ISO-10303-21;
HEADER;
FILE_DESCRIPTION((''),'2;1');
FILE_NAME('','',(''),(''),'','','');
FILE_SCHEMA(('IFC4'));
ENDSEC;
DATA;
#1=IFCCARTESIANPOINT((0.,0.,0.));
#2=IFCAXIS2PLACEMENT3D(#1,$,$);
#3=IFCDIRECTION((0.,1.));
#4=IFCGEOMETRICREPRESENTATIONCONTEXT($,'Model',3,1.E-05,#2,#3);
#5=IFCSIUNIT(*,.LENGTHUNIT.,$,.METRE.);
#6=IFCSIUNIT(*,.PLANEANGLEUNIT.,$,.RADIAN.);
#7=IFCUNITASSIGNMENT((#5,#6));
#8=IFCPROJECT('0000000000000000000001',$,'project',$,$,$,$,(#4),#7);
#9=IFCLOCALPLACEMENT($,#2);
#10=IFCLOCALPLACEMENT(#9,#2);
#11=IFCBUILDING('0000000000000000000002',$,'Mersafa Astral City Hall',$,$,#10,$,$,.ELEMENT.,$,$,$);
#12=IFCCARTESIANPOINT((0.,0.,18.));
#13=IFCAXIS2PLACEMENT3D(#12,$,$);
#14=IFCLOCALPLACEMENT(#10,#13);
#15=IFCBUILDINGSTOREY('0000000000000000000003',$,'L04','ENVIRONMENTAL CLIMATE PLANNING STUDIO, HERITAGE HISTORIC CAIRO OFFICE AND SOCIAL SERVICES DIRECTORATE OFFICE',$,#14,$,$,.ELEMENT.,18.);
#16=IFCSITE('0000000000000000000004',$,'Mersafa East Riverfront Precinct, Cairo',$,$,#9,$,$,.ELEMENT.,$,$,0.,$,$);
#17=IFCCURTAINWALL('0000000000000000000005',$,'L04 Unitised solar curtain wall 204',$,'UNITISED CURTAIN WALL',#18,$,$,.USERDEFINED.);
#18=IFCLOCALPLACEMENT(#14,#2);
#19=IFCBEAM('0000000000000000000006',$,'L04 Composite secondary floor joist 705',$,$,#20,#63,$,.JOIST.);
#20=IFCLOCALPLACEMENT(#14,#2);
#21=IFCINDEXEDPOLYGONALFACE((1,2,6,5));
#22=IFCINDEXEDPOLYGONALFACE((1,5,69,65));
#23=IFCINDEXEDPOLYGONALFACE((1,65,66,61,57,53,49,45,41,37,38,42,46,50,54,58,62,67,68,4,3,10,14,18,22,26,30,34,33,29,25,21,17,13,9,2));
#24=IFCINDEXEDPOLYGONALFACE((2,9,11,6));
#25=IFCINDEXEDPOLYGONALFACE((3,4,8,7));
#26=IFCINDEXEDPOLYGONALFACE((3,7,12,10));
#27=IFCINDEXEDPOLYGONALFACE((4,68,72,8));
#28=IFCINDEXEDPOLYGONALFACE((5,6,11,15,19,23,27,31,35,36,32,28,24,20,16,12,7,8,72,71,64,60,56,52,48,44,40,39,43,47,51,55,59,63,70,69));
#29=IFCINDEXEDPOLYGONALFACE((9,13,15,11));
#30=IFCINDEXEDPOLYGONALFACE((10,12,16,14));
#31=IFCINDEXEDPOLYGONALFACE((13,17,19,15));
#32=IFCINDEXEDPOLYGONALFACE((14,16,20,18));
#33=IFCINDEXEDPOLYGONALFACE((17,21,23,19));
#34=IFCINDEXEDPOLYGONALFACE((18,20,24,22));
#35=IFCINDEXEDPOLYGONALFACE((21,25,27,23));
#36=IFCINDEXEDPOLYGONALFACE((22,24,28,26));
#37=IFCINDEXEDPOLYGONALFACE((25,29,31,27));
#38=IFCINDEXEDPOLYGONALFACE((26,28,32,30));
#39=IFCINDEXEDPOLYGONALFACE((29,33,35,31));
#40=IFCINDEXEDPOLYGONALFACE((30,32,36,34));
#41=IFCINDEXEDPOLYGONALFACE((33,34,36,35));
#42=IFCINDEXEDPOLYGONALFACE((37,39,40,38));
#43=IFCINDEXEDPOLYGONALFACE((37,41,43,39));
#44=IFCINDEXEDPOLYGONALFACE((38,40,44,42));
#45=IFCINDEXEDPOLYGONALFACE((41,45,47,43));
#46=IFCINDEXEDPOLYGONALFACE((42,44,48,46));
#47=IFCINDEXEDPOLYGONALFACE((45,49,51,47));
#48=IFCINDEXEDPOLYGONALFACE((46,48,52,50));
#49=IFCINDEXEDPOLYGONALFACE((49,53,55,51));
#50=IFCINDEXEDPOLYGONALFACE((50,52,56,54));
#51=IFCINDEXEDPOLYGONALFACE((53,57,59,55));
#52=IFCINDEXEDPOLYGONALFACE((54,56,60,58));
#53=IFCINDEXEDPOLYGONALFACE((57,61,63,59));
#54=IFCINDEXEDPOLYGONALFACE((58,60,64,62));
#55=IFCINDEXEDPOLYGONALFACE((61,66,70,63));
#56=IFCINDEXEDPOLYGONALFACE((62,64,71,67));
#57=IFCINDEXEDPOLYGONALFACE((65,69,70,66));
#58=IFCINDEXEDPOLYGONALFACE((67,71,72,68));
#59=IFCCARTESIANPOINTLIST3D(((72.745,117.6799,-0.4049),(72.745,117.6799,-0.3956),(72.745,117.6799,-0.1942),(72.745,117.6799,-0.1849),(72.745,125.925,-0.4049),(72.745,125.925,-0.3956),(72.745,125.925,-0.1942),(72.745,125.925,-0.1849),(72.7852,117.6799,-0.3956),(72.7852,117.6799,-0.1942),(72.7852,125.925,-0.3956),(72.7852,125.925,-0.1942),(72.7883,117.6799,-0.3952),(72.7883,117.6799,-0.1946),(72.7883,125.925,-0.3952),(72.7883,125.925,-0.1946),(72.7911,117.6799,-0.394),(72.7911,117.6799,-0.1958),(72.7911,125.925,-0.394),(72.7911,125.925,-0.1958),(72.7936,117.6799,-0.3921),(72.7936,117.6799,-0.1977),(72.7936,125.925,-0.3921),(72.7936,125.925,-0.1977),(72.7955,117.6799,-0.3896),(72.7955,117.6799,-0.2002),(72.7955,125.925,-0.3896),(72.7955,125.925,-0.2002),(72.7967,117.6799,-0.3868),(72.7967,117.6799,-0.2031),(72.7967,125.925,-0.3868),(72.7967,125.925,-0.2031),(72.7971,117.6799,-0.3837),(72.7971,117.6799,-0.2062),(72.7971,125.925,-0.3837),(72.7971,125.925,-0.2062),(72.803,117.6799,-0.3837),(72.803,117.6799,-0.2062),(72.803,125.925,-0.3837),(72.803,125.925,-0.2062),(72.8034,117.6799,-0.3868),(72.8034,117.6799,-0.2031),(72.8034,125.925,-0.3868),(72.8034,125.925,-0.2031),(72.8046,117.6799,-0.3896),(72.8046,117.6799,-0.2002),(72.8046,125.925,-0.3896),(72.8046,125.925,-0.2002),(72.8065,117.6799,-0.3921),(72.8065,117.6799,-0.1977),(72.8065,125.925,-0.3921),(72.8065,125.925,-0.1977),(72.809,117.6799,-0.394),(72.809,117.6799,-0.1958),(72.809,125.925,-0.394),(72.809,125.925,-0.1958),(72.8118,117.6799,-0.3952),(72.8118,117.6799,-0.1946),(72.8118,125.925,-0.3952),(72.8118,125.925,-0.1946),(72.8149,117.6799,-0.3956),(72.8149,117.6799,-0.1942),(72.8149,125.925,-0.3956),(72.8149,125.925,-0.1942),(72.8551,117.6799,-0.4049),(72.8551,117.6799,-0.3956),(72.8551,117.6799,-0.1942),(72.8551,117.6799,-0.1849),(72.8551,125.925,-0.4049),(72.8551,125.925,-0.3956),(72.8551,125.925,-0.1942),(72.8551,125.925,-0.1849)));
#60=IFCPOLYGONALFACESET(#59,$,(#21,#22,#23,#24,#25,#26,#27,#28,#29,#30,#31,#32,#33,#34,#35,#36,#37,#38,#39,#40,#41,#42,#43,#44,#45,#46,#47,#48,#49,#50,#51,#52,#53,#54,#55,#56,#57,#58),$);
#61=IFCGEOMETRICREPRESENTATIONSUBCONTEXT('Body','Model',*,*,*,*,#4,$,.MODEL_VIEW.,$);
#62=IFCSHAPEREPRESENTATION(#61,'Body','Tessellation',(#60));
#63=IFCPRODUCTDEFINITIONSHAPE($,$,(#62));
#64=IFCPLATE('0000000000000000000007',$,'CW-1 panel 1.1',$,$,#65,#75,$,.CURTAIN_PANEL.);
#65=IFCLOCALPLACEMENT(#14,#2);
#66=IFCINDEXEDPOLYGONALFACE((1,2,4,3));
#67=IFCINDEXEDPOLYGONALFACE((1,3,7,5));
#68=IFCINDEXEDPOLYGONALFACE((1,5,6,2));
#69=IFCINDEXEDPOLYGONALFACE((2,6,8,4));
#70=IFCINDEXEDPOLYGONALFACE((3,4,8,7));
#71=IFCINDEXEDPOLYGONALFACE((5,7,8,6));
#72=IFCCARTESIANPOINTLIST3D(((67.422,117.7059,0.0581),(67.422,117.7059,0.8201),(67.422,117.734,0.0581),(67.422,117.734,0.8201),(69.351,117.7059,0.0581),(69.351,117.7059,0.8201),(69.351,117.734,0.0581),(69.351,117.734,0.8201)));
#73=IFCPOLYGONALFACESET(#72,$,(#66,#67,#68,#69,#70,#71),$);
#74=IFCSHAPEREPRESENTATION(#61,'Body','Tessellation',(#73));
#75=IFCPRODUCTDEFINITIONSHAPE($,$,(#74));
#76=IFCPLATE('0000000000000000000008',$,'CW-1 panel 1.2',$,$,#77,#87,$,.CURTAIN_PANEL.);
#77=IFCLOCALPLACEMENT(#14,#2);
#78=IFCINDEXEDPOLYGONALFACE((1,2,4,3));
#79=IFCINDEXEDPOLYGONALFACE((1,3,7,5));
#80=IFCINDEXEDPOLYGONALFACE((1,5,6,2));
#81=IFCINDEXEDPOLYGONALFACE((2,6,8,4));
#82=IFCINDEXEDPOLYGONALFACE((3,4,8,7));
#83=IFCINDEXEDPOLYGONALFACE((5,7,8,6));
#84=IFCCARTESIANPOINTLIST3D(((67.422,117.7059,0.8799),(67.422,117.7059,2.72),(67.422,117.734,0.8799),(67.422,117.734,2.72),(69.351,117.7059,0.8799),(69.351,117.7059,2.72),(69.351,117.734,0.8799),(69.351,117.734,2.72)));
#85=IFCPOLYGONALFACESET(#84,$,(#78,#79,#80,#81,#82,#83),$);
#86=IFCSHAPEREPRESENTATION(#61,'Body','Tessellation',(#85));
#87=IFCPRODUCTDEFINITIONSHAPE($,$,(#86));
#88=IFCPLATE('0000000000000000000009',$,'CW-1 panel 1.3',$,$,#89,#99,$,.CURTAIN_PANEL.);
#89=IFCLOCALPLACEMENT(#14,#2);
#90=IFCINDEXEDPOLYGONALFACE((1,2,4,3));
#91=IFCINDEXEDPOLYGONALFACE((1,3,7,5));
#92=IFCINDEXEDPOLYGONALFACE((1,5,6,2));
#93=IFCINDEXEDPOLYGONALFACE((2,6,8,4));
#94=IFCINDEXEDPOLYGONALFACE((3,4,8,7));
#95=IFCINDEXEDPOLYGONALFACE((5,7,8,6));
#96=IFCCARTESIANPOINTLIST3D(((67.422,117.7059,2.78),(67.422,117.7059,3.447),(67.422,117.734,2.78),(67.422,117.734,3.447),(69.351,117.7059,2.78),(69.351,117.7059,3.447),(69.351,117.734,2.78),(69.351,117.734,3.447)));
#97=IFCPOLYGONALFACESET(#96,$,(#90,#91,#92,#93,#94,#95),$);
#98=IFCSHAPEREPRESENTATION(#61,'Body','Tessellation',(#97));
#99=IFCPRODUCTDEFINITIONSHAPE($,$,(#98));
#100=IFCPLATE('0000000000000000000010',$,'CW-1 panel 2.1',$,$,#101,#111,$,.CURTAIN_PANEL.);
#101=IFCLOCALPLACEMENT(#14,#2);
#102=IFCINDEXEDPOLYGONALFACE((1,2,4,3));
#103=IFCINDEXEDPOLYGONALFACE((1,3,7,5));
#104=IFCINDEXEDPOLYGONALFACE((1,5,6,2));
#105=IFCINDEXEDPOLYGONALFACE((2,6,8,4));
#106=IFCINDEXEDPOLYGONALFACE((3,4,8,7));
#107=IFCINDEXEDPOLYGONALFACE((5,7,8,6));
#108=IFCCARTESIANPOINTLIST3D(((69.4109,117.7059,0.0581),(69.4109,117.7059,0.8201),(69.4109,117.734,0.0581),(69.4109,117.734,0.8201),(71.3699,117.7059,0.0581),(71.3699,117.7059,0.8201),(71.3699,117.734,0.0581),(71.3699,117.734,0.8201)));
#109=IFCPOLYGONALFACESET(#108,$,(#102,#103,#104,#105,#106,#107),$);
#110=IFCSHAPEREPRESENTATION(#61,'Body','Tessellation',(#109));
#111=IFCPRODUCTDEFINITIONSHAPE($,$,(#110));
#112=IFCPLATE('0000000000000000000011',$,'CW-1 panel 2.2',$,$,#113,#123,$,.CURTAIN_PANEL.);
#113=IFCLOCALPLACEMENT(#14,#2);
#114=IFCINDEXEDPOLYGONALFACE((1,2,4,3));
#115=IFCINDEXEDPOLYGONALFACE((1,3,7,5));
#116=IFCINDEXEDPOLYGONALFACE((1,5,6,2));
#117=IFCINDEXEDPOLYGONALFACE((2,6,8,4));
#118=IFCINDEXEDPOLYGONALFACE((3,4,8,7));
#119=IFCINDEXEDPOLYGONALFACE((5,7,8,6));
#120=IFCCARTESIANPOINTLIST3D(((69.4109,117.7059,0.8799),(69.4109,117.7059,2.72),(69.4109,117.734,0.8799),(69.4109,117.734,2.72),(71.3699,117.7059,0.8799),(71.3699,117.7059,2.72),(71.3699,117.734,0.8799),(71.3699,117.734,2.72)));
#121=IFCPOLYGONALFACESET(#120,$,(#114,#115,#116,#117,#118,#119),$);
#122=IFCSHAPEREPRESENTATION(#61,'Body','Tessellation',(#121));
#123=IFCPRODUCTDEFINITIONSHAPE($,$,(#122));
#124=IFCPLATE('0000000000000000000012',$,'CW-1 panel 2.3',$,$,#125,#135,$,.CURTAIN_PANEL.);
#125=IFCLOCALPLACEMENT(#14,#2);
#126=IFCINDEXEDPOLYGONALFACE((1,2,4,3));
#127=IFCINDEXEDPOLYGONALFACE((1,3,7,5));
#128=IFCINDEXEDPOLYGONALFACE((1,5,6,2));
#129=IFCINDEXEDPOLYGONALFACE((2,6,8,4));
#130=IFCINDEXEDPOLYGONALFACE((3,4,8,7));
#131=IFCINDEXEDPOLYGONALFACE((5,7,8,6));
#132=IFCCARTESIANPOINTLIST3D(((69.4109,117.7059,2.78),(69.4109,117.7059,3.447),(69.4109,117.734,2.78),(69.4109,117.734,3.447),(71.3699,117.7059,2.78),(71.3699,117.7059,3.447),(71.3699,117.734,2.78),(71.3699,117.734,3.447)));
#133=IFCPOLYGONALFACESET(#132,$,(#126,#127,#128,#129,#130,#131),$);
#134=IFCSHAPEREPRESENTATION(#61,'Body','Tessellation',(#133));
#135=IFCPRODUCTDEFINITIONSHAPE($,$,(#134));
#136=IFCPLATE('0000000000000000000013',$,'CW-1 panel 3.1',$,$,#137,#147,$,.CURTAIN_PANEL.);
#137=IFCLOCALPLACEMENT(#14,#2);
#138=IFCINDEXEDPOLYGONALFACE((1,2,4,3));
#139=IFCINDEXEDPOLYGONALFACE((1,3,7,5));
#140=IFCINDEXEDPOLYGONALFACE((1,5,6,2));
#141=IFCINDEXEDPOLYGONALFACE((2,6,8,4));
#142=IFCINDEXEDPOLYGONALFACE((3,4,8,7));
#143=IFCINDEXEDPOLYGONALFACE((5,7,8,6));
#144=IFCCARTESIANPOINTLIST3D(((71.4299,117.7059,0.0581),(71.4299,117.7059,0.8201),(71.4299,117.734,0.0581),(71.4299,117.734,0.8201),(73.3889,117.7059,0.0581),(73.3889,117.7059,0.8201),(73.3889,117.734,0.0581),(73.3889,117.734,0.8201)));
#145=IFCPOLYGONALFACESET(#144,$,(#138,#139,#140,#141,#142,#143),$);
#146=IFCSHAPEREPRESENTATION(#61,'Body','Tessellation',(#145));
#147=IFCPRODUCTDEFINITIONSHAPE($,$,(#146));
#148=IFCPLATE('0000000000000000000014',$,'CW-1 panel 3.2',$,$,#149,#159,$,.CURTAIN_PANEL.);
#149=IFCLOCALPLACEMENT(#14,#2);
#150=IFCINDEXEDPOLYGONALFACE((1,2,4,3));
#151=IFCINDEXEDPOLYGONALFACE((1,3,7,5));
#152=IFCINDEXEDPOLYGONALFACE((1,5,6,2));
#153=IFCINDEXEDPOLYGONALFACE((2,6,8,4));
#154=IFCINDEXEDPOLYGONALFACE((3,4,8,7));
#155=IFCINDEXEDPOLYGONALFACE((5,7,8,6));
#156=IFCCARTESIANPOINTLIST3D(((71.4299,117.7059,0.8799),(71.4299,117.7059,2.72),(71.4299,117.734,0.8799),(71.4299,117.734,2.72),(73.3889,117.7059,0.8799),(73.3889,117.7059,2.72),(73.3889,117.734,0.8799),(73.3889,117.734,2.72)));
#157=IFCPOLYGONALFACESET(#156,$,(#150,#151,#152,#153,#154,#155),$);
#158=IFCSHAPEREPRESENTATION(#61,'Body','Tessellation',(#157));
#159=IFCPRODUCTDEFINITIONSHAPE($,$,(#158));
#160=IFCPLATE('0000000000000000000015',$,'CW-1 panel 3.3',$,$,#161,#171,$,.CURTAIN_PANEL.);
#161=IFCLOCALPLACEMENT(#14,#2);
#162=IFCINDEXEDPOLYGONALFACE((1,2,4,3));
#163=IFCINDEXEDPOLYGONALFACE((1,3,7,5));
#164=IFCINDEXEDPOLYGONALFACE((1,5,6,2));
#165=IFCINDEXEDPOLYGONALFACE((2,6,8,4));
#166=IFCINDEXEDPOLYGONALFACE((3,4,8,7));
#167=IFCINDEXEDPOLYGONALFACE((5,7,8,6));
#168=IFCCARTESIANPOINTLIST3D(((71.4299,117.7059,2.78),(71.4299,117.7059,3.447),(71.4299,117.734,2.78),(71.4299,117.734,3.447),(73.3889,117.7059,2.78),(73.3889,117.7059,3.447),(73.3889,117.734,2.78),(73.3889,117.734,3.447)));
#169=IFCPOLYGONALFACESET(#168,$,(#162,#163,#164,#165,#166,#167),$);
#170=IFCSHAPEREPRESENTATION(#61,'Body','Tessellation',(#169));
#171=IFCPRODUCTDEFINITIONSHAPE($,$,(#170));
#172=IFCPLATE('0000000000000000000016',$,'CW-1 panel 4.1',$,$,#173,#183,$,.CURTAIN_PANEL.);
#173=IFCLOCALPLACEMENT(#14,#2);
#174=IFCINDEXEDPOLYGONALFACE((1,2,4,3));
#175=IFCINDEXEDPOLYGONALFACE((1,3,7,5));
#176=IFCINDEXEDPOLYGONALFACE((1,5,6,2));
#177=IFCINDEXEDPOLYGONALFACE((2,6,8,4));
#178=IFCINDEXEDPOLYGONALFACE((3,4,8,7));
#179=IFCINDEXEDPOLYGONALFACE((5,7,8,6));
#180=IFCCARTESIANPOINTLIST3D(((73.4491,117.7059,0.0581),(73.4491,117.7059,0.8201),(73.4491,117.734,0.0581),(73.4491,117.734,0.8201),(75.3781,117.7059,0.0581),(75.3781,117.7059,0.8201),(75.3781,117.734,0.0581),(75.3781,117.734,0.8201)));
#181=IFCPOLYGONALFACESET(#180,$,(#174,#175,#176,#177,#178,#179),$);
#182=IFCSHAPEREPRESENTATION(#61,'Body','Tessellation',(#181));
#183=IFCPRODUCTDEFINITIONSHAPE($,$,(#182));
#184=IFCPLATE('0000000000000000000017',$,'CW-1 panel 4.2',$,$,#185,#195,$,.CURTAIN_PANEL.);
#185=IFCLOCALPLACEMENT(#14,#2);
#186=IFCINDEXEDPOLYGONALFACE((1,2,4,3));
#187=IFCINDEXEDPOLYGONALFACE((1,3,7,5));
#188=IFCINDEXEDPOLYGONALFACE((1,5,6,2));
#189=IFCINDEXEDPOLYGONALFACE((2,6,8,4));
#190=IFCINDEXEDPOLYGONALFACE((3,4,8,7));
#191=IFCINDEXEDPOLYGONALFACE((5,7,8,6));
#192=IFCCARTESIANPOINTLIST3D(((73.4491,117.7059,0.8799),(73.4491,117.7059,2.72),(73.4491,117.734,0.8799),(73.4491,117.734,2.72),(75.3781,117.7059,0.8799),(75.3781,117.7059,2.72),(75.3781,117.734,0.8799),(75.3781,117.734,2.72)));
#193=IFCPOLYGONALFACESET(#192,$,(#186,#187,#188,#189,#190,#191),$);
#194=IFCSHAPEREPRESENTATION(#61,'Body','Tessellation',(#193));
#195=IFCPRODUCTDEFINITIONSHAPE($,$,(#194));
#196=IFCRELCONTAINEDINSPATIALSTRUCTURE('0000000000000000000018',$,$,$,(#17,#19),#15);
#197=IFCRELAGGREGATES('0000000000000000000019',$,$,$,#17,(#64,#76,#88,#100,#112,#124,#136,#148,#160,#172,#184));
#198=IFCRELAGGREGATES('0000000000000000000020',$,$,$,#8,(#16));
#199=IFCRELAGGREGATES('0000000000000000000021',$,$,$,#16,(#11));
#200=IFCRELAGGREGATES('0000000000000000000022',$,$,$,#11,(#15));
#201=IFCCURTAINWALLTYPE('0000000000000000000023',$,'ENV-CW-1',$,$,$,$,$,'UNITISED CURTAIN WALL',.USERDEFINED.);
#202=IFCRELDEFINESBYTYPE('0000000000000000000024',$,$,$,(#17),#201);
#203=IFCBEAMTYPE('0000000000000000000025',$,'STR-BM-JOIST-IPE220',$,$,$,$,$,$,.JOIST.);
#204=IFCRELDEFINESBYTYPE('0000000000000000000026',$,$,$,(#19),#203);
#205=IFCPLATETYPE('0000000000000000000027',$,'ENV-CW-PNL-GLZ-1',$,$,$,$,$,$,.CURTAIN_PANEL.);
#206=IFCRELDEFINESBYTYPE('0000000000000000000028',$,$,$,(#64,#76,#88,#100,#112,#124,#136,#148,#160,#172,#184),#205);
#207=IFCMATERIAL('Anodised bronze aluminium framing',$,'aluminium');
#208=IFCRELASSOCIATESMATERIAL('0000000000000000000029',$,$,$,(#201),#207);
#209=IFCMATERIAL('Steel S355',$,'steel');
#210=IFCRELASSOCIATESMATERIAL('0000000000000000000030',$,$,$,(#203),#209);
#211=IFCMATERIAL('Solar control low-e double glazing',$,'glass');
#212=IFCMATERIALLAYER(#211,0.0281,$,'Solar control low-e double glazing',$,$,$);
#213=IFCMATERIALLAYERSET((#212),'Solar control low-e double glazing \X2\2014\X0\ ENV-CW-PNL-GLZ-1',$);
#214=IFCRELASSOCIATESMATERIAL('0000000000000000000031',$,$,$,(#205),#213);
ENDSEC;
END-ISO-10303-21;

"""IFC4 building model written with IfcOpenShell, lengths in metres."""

from ifc_helpers import new_model, si_unit, direction, frame, origin, origin_2d, place, context, subcontext, project, spatial, rectangle, i_section, extrude, material, layer, layer_set, material_profile, profile_set, type_object, element, aggregate, save


model = new_model("IFC4")

# Units and contexts
model_context = context("Model", 3, precision=1e-05, world=origin(), true_north=direction((0.0, 1.0)))
body_context = subcontext(model_context, "Body", "Model", "MODEL_VIEW")
ifc_project = project(units=[si_unit("LENGTHUNIT", "METRE"), si_unit("PLANEANGLEUNIT", "RADIAN")], contexts=[model_context])

# Site, building, storey
site_placement = place(None, origin())
site = spatial("IfcSite", under=ifc_project, at=site_placement, Name="Mersafa East Riverfront Precinct, Cairo", CompositionType="ELEMENT", RefElevation=0.0)
building_placement = place(site_placement, origin())
building = spatial("IfcBuilding", under=site, at=building_placement, Name="Mersafa Astral City Hall", CompositionType="ELEMENT")
storey_placement = place(building_placement, frame((0.0, 0.0, 18.0)))
storey = spatial("IfcBuildingStorey", under=building, at=storey_placement, Name="L04", Description="ENVIRONMENTAL CLIMATE PLANNING STUDIO, HERITAGE HISTORIC CAIRO OFFICE AND SOCIAL SERVICES DIRECTORATE OFFICE", CompositionType="ELEMENT", Elevation=18.0)

# Curtain wall
ifc_material_1 = material(Name="Anodised bronze aluminium framing", Category="aluminium")
curtain_wall_type = type_object("IfcCurtainWallType", Name="ENV-CW-1", ElementType="UNITISED CURTAIN WALL", PredefinedType="USERDEFINED", material=ifc_material_1)
curtain_wall_placement = place(storey_placement, origin())
curtain_wall = element("IfcCurtainWall", 1, at=curtain_wall_placement, inside=storey, type_object=curtain_wall_type, Name="L04 Unitised solar curtain wall 204", ObjectType="UNITISED CURTAIN WALL", PredefinedType="USERDEFINED")

# Beam
ifc_material_2 = material(Name="Steel S355", Category="steel")
ifc_material_profile_1 = material_profile(ifc_material_2, i_section(OverallWidth=0.1101, OverallDepth=0.22, WebThickness=0.0059, FlangeThickness=0.0093, FilletRadius=0.012, at=origin_2d()), Name="IPE 220")
ifc_profile_set_1 = profile_set([ifc_material_profile_1], Name="Steel S355")
beam_type = type_object("IfcBeamType", Name="STR-BM-JOIST-IPE220", PredefinedType="JOIST", material=ifc_profile_set_1)
for number, where, z_axis, x_axis, name in (
    (2, (72.8, 117.6799, -0.2949), (0.0, 1.0, 0.0), (-1.0, 0.0, 0.0), "L04 Composite secondary floor joist 705"),
):
    element("IfcBeam", number, at=place(storey_placement, frame(where, z_axis=z_axis, x_axis=x_axis)), inside=storey, type_object=beam_type, Name=name, PredefinedType="JOIST", context=body_context, shape_type="SweptSolid", body=[
        extrude(i_section(OverallWidth=0.1101, OverallDepth=0.22, WebThickness=0.0059, FlangeThickness=0.0093, FilletRadius=0.012, at=origin_2d()), origin(), (0.0, 0.0, 1.0), 8.2451),
    ])

# Plates
ifc_material_3 = material(Name="Solar control low-e double glazing", Category="glass")
ifc_layer_1 = layer(ifc_material_3, 0.0281, Name="Solar control low-e double glazing")
ifc_layer_set_1 = layer_set([ifc_layer_1], Name="Solar control low-e double glazing — ENV-CW-PNL-GLZ-1")
plate_type = type_object("IfcPlateType", Name="ENV-CW-PNL-GLZ-1", PredefinedType="CURTAIN_PANEL", material=ifc_layer_set_1)
plate_1_placement = place(storey_placement, frame((68.3865, 117.72, 0.0581), z_axis=(0.0, 0.0, 1.0), x_axis=(1.0, 0.0, 0.0)))
plate_1 = element("IfcPlate", 3, at=plate_1_placement, type_object=plate_type, Name="CW-1 panel 1.1", PredefinedType="CURTAIN_PANEL", context=body_context, shape_type="SweptSolid", body=[
    extrude(rectangle(XDim=1.929, YDim=0.0281, at=origin_2d()), origin(), (0.0, 0.0, 1.0), 0.762),
])
plate_2_placement = place(storey_placement, frame((68.3865, 117.72, 0.8799), z_axis=(0.0, 0.0, 1.0), x_axis=(1.0, 0.0, 0.0)))
plate_2 = element("IfcPlate", 4, at=plate_2_placement, type_object=plate_type, Name="CW-1 panel 1.2", PredefinedType="CURTAIN_PANEL", context=body_context, shape_type="SweptSolid", body=[
    extrude(rectangle(XDim=1.929, YDim=0.0281, at=origin_2d()), origin(), (0.0, 0.0, 1.0), 1.8401),
])
plate_3_placement = place(storey_placement, frame((68.3865, 117.72, 2.78), z_axis=(0.0, 0.0, 1.0), x_axis=(1.0, 0.0, 0.0)))
plate_3 = element("IfcPlate", 5, at=plate_3_placement, type_object=plate_type, Name="CW-1 panel 1.3", PredefinedType="CURTAIN_PANEL", context=body_context, shape_type="SweptSolid", body=[
    extrude(rectangle(XDim=1.929, YDim=0.0281, at=origin_2d()), origin(), (0.0, 0.0, 1.0), 0.667),
])
plate_4_placement = place(storey_placement, frame((70.3904, 117.72, 0.0581), z_axis=(0.0, 0.0, 1.0), x_axis=(1.0, 0.0, 0.0)))
plate_4 = element("IfcPlate", 6, at=plate_4_placement, type_object=plate_type, Name="CW-1 panel 2.1", PredefinedType="CURTAIN_PANEL", context=body_context, shape_type="SweptSolid", body=[
    extrude(rectangle(XDim=1.959, YDim=0.0281, at=origin_2d()), origin(), (0.0, 0.0, 1.0), 0.762),
])
plate_5_placement = place(storey_placement, frame((70.3904, 117.72, 0.8799), z_axis=(0.0, 0.0, 1.0), x_axis=(1.0, 0.0, 0.0)))
plate_5 = element("IfcPlate", 7, at=plate_5_placement, type_object=plate_type, Name="CW-1 panel 2.2", PredefinedType="CURTAIN_PANEL", context=body_context, shape_type="SweptSolid", body=[
    extrude(rectangle(XDim=1.959, YDim=0.0281, at=origin_2d()), origin(), (0.0, 0.0, 1.0), 1.8401),
])
plate_6_placement = place(storey_placement, frame((70.3904, 117.72, 2.78), z_axis=(0.0, 0.0, 1.0), x_axis=(1.0, 0.0, 0.0)))
plate_6 = element("IfcPlate", 8, at=plate_6_placement, type_object=plate_type, Name="CW-1 panel 2.3", PredefinedType="CURTAIN_PANEL", context=body_context, shape_type="SweptSolid", body=[
    extrude(rectangle(XDim=1.959, YDim=0.0281, at=origin_2d()), origin(), (0.0, 0.0, 1.0), 0.667),
])
plate_7_placement = place(storey_placement, frame((72.4094, 117.72, 0.0581), z_axis=(0.0, 0.0, 1.0), x_axis=(1.0, 0.0, 0.0)))
plate_7 = element("IfcPlate", 9, at=plate_7_placement, type_object=plate_type, Name="CW-1 panel 3.1", PredefinedType="CURTAIN_PANEL", context=body_context, shape_type="SweptSolid", body=[
    extrude(rectangle(XDim=1.959, YDim=0.0281, at=origin_2d()), origin(), (0.0, 0.0, 1.0), 0.762),
])
plate_8_placement = place(storey_placement, frame((72.4094, 117.72, 0.8799), z_axis=(0.0, 0.0, 1.0), x_axis=(1.0, 0.0, 0.0)))
plate_8 = element("IfcPlate", 10, at=plate_8_placement, type_object=plate_type, Name="CW-1 panel 3.2", PredefinedType="CURTAIN_PANEL", context=body_context, shape_type="SweptSolid", body=[
    extrude(rectangle(XDim=1.959, YDim=0.0281, at=origin_2d()), origin(), (0.0, 0.0, 1.0), 1.8401),
])
plate_9_placement = place(storey_placement, frame((72.4094, 117.72, 2.78), z_axis=(0.0, 0.0, 1.0), x_axis=(1.0, 0.0, 0.0)))
plate_9 = element("IfcPlate", 11, at=plate_9_placement, type_object=plate_type, Name="CW-1 panel 3.3", PredefinedType="CURTAIN_PANEL", context=body_context, shape_type="SweptSolid", body=[
    extrude(rectangle(XDim=1.959, YDim=0.0281, at=origin_2d()), origin(), (0.0, 0.0, 1.0), 0.667),
])
plate_10_placement = place(storey_placement, frame((74.4136, 117.72, 0.0581), z_axis=(0.0, 0.0, 1.0), x_axis=(1.0, 0.0, 0.0)))
plate_10 = element("IfcPlate", 12, at=plate_10_placement, type_object=plate_type, Name="CW-1 panel 4.1", PredefinedType="CURTAIN_PANEL", context=body_context, shape_type="SweptSolid", body=[
    extrude(rectangle(XDim=1.929, YDim=0.0281, at=origin_2d()), origin(), (0.0, 0.0, 1.0), 0.762),
])
plate_11_placement = place(storey_placement, frame((74.4136, 117.72, 0.8799), z_axis=(0.0, 0.0, 1.0), x_axis=(1.0, 0.0, 0.0)))
plate_11 = element("IfcPlate", 13, at=plate_11_placement, type_object=plate_type, Name="CW-1 panel 4.2", PredefinedType="CURTAIN_PANEL", context=body_context, shape_type="SweptSolid", body=[
    extrude(rectangle(XDim=1.929, YDim=0.0281, at=origin_2d()), origin(), (0.0, 0.0, 1.0), 1.8401),
])
aggregate(curtain_wall, [plate_1, plate_2, plate_3, plate_4, plate_5, plate_6, plate_7, plate_8, plate_9, plate_10, plate_11])

save(model, "model.ifc")
